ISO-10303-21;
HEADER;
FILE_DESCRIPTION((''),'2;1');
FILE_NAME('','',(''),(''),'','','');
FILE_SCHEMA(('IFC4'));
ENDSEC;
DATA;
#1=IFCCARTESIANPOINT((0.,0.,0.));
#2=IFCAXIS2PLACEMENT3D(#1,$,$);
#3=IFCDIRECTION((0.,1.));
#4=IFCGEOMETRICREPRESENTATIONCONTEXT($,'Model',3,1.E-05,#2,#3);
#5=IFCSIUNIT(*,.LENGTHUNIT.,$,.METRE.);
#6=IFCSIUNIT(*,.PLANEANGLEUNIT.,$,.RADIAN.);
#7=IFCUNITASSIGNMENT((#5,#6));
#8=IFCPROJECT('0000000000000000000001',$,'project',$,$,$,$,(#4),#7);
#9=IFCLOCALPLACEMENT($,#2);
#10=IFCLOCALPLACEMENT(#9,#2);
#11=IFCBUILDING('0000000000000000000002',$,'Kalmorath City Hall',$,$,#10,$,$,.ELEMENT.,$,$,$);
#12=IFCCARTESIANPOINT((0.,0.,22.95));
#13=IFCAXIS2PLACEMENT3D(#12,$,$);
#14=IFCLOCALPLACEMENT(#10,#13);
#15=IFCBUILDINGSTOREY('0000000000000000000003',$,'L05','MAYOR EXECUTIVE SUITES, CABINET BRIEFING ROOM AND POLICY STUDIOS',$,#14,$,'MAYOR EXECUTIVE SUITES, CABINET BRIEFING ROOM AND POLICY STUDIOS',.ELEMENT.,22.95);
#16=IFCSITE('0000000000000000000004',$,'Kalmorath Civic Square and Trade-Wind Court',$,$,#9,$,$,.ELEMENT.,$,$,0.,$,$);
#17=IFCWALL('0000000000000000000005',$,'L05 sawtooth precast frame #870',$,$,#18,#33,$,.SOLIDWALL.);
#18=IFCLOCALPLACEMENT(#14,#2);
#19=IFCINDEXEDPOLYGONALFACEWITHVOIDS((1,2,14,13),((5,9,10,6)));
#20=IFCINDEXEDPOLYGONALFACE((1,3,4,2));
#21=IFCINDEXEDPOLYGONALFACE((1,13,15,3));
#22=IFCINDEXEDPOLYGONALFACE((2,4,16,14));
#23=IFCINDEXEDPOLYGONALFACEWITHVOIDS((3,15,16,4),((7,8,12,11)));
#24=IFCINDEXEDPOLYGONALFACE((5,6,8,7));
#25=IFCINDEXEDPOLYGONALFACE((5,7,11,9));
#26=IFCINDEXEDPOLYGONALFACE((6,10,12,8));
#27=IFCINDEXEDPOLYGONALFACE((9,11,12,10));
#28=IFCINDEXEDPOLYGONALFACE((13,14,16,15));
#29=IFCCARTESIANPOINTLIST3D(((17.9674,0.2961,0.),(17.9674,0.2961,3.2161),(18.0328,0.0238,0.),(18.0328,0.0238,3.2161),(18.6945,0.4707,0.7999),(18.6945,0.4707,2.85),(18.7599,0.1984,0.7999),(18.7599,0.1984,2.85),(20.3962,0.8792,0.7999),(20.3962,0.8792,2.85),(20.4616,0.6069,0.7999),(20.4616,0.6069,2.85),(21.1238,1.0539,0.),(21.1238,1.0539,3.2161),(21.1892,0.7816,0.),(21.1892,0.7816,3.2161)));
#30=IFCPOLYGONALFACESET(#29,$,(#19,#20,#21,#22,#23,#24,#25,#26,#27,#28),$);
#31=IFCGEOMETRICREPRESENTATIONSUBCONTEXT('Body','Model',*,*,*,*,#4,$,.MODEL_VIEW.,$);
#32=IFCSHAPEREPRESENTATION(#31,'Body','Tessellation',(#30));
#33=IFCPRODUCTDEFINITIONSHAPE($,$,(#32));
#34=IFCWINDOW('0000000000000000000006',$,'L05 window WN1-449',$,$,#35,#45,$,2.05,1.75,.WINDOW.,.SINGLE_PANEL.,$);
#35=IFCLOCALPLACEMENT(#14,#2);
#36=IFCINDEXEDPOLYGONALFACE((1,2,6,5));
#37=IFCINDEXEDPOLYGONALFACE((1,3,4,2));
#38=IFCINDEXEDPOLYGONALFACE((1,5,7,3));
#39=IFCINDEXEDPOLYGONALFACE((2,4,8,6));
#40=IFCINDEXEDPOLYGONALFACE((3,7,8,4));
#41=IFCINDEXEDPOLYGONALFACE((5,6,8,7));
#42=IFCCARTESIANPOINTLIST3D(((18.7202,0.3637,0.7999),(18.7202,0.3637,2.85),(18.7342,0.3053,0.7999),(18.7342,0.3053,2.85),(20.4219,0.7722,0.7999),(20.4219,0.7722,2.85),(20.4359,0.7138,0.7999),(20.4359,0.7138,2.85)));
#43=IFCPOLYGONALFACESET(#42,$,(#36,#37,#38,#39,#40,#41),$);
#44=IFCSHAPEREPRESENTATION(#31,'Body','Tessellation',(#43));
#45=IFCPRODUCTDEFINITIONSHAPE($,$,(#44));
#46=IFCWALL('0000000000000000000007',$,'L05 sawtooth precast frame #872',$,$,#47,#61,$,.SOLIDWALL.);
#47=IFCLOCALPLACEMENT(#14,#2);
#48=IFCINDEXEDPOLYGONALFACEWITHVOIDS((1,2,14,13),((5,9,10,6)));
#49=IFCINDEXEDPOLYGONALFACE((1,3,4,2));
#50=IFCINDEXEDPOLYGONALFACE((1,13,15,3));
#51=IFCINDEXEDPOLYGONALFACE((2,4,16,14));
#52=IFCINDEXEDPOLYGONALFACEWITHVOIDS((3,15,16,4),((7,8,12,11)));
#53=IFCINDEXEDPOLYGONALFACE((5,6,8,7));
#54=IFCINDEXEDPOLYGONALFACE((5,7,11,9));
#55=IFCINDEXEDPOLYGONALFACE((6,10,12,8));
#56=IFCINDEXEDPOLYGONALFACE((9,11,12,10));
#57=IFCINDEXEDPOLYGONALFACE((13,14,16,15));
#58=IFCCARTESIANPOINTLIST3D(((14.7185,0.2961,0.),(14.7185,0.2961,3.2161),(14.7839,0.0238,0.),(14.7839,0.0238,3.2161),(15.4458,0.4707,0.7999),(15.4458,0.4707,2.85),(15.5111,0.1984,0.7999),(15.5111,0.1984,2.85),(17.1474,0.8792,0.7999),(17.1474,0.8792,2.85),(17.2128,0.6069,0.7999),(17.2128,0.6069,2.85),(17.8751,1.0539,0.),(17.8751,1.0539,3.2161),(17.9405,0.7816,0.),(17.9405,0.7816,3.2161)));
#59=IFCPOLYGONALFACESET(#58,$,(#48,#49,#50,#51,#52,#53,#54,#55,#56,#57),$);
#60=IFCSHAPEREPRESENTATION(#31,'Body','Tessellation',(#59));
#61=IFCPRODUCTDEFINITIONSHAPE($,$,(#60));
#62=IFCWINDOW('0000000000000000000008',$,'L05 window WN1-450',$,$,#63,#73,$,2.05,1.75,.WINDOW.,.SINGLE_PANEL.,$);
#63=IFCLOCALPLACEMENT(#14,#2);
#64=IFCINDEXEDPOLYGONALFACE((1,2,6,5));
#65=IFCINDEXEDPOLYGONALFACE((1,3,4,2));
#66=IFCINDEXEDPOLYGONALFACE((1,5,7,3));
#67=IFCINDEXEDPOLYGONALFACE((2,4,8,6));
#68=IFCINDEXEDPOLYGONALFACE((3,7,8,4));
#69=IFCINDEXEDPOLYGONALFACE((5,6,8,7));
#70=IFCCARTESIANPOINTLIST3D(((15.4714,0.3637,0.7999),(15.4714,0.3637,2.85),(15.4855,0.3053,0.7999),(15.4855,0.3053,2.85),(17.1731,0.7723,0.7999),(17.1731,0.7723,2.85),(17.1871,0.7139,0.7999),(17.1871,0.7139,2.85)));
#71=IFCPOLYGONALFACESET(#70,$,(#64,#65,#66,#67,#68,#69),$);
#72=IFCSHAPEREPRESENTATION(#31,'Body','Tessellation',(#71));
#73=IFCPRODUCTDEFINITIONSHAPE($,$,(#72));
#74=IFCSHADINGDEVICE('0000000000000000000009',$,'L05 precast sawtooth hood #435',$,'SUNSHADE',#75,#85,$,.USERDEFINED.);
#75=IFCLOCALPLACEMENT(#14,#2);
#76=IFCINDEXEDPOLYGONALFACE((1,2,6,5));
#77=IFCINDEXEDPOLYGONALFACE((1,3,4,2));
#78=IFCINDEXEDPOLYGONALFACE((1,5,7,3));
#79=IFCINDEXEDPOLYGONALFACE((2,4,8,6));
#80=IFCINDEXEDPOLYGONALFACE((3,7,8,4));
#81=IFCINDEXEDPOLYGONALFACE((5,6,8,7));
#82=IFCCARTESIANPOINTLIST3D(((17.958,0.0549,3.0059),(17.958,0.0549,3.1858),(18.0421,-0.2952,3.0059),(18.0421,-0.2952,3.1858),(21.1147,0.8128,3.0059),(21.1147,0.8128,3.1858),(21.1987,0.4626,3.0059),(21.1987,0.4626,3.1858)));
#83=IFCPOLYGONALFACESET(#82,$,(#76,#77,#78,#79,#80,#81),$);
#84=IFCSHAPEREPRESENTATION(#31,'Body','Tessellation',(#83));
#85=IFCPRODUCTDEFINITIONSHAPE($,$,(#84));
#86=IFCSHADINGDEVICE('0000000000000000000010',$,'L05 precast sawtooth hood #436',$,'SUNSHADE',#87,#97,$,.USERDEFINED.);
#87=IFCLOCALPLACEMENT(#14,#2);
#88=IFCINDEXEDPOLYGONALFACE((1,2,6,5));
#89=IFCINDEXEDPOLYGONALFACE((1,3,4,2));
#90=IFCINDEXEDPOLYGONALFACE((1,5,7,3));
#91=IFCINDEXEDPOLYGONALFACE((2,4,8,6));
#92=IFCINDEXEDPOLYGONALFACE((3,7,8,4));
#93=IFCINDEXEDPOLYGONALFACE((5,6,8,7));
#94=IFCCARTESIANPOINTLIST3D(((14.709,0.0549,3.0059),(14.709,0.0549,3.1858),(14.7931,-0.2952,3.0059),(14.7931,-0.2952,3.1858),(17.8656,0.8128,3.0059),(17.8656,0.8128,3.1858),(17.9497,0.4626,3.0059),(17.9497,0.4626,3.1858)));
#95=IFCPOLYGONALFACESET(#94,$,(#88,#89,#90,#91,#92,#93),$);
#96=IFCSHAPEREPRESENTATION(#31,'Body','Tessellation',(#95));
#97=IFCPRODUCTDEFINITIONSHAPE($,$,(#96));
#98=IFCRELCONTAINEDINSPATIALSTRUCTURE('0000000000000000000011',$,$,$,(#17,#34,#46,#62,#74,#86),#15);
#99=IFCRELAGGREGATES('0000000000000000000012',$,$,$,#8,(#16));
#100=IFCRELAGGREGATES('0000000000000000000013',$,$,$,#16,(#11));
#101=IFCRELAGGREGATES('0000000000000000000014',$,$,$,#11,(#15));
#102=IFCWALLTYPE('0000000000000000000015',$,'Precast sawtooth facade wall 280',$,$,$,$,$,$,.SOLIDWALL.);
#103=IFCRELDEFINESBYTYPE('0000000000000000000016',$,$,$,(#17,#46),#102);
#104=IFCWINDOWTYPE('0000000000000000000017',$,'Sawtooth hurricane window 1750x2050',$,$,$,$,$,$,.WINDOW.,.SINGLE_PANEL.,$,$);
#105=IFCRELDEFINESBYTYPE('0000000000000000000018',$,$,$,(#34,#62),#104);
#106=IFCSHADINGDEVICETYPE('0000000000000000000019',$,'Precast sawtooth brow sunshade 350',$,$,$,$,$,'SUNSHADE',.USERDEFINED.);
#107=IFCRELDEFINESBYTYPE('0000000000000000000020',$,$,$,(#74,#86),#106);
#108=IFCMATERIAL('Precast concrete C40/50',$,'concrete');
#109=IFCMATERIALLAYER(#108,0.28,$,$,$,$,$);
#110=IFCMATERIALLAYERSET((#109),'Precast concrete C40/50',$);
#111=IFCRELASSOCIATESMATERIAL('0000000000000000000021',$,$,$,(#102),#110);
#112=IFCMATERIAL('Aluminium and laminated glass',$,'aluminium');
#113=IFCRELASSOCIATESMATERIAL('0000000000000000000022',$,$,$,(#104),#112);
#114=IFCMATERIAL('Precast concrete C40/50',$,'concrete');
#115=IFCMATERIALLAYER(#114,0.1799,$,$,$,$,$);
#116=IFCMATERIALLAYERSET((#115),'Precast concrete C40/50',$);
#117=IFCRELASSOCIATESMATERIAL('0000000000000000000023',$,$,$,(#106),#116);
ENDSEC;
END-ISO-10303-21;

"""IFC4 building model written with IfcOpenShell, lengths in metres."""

from ifc_helpers import new_model, si_unit, direction, frame, frame_2d, origin, origin_2d, place, context, subcontext, project, spatial, rectangle, extrude, material, layer, layer_set, type_object, element, fill, save


model = new_model("IFC4")

# Units and contexts
model_context = context("Model", 3, precision=1e-05, world=origin(), true_north=direction((0.0, 1.0)))
body_context = subcontext(model_context, "Body", "Model", "MODEL_VIEW")
ifc_project = project(units=[si_unit("LENGTHUNIT", "METRE"), si_unit("PLANEANGLEUNIT", "RADIAN")], contexts=[model_context])

# Site, building, storey
site_placement = place(None, origin())
site = spatial("IfcSite", under=ifc_project, at=site_placement, Name="Kalmorath Civic Square and Trade-Wind Court", CompositionType="ELEMENT", RefElevation=0.0)
building_placement = place(site_placement, origin())
building = spatial("IfcBuilding", under=site, at=building_placement, Name="Kalmorath City Hall", CompositionType="ELEMENT")
storey_placement = place(building_placement, frame((0.0, 0.0, 22.95)))
storey = spatial("IfcBuildingStorey", under=building, at=storey_placement, Name="L05", Description="MAYOR EXECUTIVE SUITES, CABINET BRIEFING ROOM AND POLICY STUDIOS", LongName="MAYOR EXECUTIVE SUITES, CABINET BRIEFING ROOM AND POLICY STUDIOS", CompositionType="ELEMENT", Elevation=22.95)

# Walls, openings, windows
ifc_material_1 = material(Name="Precast concrete C40/50", Category="concrete")
ifc_layer_1 = layer(ifc_material_1, 0.28)
ifc_layer_set_1 = layer_set([ifc_layer_1], Name="Precast concrete C40/50")
wall_type_1 = type_object("IfcWallType", Name="Precast sawtooth facade wall 280", PredefinedType="SOLIDWALL", material=ifc_layer_set_1)
wall_1_placement = place(storey_placement, frame((21.1565, 0.9177, 0.0), z_axis=(0.0, 0.0, 1.0), x_axis=(-0.97237, -0.233447, 0.0)))
wall_1 = element("IfcWall", 1, at=wall_1_placement, inside=storey, type_object=wall_type_1, Name="L05 sawtooth precast frame #870", PredefinedType="SOLIDWALL", context=body_context, shape_type="SweptSolid", body=[
    extrude(rectangle(XDim=3.2461, YDim=0.28, at=frame_2d((1.623, 0.0))), origin(), (0.0, 0.0, 1.0), 3.2161),
])
opening_1_placement = place(wall_1_placement, frame((0.7483, 0.0, 0.8)))
opening_1 = element("IfcOpeningElement", 2, at=opening_1_placement, cuts=wall_1, PredefinedType="OPENING", context=body_context, shape_type="SweptSolid", body=[
    extrude(rectangle(XDim=1.75, YDim=2.05, at=frame_2d((0.875, 1.0249))), frame((0.0, 0.1499, 0.0), z_axis=(0.0, -1.0, 0.0), x_axis=(1.0, 0.0, 0.0)), (0.0, 0.0, 1.0), 0.3),
])
ifc_material_2 = material(Name="Aluminium and laminated glass", Category="aluminium")
window_type = type_object("IfcWindowType", Name="Sawtooth hurricane window 1750x2050", PartitioningType="SINGLE_PANEL", PredefinedType="WINDOW", material=ifc_material_2)
window_1_placement = place(opening_1_placement, origin())
window_1 = element("IfcWindow", 3, at=window_1_placement, inside=storey, type_object=window_type, Name="L05 window WN1-449", OverallHeight=2.05, OverallWidth=1.75, PartitioningType="SINGLE_PANEL", PredefinedType="WINDOW", context=body_context, shape_type="SweptSolid", body=[
    extrude(rectangle(XDim=1.75, YDim=2.05, at=frame_2d((0.875, 1.0249))), frame((0.0, 0.03, 0.0), z_axis=(0.0, -1.0, 0.0), x_axis=(1.0, 0.0, 0.0)), (0.0, 0.0, 1.0), 0.0601),
])
fill(opening_1, window_1)
wall_2_placement = place(storey_placement, frame((17.9077, 0.9177, 0.0), z_axis=(0.0, 0.0, 1.0), x_axis=(-0.972374, -0.23343, 0.0)))
wall_2 = element("IfcWall", 4, at=wall_2_placement, inside=storey, type_object=wall_type_1, Name="L05 sawtooth precast frame #872", PredefinedType="SOLIDWALL", context=body_context, shape_type="SweptSolid", body=[
    extrude(rectangle(XDim=3.2463, YDim=0.28, at=frame_2d((1.623, 0.0))), origin(), (0.0, 0.0, 1.0), 3.2161),
])
opening_2_placement = place(wall_2_placement, frame((0.7483, 0.0, 0.8)))
opening_2 = element("IfcOpeningElement", 5, at=opening_2_placement, cuts=wall_2, PredefinedType="OPENING", context=body_context, shape_type="SweptSolid", body=[
    extrude(rectangle(XDim=1.75, YDim=2.05, at=frame_2d((0.875, 1.0249))), frame((0.0, 0.1499, 0.0), z_axis=(0.0, -1.0, 0.0), x_axis=(1.0, 0.0, 0.0)), (0.0, 0.0, 1.0), 0.3),
])
window_2_placement = place(opening_2_placement, origin())
window_2 = element("IfcWindow", 6, at=window_2_placement, inside=storey, type_object=window_type, Name="L05 window WN1-450", OverallHeight=2.05, OverallWidth=1.75, PartitioningType="SINGLE_PANEL", PredefinedType="WINDOW", context=body_context, shape_type="SweptSolid", body=[
    extrude(rectangle(XDim=1.75, YDim=2.05, at=frame_2d((0.875, 1.0249))), frame((0.0, 0.03, 0.0), z_axis=(0.0, -1.0, 0.0), x_axis=(1.0, 0.0, 0.0)), (0.0, 0.0, 1.0), 0.0601),
])
fill(opening_2, window_2)

# Shading devices
ifc_material_3 = material(Name="Precast concrete C40/50", Category="concrete")
ifc_layer_2 = layer(ifc_material_3, 0.1799)
ifc_layer_set_2 = layer_set([ifc_layer_2], Name="Precast concrete C40/50")
shading_device_type = type_object("IfcShadingDeviceType", Name="Precast sawtooth brow sunshade 350", ElementType="SUNSHADE", PredefinedType="USERDEFINED", material=ifc_layer_set_2)
for number, where, z_axis, x_axis, name in (
    (7, (19.5784, 0.2588, 3.0059), (0.0, 0.0, 1.0), (-0.97237, -0.233445, 0.0), "L05 precast sawtooth hood #435"),
    (8, (16.3293, 0.2588, 3.0059), (0.0, 0.0, 1.0), (-0.97237, -0.233445, 0.0), "L05 precast sawtooth hood #436"),
):
    element("IfcShadingDevice", number, at=place(storey_placement, frame(where, z_axis=z_axis, x_axis=x_axis)), inside=storey, type_object=shading_device_type, Name=name, ObjectType="SUNSHADE", PredefinedType="USERDEFINED", context=body_context, shape_type="SweptSolid", body=[
        extrude(rectangle(XDim=3.2463, YDim=0.3601, at=origin_2d()), origin(), (0.0, 0.0, 1.0), 0.1799),
    ])

save(model, "model.ifc")
